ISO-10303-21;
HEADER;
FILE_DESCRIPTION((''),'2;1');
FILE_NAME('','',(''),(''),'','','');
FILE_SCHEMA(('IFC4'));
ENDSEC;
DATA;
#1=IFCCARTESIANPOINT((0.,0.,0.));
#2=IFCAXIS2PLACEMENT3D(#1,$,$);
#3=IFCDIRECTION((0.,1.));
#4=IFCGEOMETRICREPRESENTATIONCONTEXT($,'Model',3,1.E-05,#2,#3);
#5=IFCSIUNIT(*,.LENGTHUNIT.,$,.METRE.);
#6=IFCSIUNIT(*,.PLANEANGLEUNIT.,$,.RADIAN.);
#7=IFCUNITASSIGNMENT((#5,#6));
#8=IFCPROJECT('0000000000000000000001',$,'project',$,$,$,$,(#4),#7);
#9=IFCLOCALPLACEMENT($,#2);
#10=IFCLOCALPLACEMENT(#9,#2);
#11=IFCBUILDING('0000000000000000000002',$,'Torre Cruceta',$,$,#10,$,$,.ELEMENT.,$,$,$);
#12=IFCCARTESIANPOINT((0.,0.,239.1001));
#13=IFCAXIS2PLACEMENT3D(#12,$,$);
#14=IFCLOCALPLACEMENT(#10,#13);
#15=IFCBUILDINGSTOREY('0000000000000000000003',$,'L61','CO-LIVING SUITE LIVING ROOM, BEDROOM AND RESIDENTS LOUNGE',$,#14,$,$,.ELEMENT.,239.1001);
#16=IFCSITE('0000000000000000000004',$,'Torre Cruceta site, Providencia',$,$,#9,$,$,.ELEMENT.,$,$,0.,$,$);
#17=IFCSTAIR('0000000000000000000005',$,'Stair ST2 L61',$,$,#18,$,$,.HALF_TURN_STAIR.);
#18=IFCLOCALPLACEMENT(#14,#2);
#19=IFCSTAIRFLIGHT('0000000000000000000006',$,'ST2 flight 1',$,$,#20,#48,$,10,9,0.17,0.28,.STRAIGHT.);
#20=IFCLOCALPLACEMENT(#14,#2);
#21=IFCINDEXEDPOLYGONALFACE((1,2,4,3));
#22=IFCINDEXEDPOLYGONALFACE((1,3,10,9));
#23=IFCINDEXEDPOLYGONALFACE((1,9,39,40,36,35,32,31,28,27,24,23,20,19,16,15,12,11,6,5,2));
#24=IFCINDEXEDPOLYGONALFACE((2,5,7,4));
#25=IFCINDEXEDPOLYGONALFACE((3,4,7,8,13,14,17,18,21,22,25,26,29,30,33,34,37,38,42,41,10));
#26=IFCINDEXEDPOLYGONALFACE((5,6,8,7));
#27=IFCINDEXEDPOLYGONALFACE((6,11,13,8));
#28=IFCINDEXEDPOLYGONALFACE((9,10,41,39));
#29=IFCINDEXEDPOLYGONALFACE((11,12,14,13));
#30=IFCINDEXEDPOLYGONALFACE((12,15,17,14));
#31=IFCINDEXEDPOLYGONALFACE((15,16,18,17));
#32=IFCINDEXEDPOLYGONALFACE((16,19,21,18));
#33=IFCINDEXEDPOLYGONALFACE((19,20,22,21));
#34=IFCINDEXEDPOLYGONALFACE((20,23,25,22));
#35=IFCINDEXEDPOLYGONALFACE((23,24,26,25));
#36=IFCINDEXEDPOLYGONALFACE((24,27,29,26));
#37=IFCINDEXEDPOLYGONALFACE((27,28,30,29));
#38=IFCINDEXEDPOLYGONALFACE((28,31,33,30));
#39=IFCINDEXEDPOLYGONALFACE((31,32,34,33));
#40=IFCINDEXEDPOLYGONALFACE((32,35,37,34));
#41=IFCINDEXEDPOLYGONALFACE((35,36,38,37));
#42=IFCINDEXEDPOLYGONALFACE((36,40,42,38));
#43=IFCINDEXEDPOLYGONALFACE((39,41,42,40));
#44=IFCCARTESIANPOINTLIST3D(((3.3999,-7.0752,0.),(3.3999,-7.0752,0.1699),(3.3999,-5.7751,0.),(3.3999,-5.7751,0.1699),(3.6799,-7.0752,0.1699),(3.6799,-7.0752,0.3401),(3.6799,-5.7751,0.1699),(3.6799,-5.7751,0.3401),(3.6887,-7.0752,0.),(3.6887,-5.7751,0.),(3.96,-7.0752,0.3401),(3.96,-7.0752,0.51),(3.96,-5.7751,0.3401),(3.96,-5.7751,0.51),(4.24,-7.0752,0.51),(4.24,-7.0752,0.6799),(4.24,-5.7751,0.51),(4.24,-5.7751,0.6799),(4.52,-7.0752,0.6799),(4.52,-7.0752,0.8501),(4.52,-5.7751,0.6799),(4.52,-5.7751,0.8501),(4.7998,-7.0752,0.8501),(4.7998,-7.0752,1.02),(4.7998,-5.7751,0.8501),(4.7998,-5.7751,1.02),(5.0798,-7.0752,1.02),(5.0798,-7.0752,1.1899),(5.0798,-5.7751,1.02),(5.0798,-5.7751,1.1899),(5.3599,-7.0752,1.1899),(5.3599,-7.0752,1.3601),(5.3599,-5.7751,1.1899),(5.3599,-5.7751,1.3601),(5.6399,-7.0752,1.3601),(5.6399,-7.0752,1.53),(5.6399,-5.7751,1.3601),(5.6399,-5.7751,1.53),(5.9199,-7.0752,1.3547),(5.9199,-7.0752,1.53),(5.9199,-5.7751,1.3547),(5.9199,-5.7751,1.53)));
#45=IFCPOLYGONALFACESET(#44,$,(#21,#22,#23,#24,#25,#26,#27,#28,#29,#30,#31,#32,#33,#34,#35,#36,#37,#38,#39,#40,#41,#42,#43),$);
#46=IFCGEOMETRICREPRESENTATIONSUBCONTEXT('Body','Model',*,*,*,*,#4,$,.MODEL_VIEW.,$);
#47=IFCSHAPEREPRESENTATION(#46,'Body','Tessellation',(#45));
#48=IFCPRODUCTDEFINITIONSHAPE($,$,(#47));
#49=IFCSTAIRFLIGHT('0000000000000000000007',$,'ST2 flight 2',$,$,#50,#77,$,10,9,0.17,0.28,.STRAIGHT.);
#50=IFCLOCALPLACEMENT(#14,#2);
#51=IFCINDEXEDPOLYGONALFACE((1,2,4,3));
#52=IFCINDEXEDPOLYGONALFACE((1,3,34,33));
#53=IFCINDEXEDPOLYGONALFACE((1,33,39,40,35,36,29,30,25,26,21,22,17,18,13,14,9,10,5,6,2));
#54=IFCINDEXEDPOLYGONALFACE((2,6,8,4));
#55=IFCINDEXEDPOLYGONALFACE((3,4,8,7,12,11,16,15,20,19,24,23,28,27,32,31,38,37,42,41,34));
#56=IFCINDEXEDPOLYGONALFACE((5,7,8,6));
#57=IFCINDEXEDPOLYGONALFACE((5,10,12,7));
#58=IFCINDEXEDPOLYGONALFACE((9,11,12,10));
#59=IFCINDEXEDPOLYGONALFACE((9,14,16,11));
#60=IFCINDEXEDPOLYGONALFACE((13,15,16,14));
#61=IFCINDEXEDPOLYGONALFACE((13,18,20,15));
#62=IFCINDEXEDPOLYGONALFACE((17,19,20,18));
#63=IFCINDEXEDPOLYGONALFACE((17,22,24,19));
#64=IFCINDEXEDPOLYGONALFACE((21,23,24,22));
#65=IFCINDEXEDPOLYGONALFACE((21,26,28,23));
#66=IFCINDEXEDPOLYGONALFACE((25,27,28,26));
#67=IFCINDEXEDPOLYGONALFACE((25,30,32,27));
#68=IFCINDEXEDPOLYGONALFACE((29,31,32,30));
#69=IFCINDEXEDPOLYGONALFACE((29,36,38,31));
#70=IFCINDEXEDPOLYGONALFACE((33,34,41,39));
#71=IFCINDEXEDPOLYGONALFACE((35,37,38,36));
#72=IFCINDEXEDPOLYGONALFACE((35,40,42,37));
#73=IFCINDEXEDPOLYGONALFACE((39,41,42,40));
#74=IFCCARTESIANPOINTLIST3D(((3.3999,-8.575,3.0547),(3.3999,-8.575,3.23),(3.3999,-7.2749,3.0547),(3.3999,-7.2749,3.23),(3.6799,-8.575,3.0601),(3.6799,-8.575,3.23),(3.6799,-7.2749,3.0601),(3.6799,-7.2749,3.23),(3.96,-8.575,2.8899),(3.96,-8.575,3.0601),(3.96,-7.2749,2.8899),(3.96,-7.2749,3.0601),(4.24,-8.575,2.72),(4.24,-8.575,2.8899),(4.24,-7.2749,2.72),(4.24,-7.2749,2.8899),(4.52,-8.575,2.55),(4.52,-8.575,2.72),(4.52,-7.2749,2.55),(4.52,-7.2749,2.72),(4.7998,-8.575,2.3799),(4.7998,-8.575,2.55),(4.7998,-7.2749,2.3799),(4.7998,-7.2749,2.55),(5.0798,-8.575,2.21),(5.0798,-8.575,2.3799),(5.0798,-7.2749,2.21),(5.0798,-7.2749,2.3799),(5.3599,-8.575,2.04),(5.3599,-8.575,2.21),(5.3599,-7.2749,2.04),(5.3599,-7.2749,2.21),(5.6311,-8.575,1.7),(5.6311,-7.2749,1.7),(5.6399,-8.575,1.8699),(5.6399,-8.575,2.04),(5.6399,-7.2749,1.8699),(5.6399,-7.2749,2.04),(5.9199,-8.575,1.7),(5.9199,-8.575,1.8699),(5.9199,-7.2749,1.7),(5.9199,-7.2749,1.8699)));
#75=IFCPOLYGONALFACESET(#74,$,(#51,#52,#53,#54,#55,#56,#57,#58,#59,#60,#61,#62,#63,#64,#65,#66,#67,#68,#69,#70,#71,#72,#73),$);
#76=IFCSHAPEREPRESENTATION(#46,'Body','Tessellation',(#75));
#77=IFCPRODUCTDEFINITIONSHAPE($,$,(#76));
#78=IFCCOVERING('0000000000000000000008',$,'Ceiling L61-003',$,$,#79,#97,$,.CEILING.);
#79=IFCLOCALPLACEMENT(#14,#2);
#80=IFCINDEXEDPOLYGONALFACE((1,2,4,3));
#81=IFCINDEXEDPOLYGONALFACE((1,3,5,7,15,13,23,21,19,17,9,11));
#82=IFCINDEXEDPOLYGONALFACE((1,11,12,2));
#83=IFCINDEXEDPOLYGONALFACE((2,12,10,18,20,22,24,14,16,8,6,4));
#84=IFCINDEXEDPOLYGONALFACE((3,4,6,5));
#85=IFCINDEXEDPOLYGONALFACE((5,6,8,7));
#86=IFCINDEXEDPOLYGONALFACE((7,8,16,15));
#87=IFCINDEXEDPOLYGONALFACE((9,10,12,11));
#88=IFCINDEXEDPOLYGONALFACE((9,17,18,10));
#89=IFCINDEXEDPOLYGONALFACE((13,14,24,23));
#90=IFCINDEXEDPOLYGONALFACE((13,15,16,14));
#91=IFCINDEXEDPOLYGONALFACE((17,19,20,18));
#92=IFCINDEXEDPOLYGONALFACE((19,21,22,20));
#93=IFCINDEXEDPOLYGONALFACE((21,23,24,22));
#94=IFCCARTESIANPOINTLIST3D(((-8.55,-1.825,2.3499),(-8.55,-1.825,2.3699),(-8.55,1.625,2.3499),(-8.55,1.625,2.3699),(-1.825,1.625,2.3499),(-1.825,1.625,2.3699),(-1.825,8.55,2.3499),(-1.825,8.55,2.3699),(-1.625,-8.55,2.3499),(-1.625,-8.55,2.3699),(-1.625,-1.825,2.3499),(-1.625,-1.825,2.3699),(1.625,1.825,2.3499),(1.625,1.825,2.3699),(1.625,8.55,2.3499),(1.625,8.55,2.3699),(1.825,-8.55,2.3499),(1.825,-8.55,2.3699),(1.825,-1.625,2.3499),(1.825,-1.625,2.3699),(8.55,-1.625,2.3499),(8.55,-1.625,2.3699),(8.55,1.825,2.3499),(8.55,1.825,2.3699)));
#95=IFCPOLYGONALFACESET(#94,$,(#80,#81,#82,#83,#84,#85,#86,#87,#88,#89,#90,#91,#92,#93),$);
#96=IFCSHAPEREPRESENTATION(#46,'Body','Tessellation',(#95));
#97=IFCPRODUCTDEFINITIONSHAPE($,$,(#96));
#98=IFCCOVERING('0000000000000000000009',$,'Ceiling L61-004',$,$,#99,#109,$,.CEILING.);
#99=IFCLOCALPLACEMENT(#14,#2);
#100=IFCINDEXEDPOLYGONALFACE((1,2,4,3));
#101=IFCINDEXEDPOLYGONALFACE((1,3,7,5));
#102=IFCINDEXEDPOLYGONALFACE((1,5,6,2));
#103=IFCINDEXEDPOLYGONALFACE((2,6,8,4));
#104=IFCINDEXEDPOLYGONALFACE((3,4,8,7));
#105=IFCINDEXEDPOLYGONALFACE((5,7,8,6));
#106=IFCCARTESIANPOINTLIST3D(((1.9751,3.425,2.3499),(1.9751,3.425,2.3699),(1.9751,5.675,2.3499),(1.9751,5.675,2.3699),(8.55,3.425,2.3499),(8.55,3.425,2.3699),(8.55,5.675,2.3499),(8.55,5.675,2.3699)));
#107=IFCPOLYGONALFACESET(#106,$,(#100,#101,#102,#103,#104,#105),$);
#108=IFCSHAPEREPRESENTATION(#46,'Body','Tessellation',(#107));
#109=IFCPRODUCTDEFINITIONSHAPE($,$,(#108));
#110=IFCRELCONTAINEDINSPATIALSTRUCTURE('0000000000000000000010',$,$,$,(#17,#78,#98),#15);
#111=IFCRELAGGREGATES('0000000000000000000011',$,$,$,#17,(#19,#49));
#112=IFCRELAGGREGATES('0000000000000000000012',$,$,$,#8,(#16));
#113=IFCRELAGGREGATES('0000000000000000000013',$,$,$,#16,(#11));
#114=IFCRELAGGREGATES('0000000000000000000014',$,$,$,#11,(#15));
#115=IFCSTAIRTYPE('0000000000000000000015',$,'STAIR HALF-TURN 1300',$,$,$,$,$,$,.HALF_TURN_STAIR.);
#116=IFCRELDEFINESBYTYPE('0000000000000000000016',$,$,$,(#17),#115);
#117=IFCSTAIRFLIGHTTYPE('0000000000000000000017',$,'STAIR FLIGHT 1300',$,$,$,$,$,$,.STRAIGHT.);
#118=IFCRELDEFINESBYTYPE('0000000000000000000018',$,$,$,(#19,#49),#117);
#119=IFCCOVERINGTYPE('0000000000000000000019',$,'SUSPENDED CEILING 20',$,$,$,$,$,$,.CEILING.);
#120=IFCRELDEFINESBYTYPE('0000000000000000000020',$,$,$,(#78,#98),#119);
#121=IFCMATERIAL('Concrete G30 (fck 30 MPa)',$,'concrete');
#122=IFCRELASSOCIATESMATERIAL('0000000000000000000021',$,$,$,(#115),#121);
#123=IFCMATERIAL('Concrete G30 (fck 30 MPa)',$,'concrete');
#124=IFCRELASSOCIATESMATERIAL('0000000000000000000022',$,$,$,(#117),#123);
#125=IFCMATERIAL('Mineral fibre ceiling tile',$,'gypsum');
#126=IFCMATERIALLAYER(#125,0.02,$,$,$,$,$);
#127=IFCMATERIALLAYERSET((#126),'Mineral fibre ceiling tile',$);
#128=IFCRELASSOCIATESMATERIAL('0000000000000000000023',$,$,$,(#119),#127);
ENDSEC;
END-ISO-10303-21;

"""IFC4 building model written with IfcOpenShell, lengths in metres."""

from ifc_helpers import new_model, si_unit, direction, frame, origin, place, context, subcontext, project, spatial, polyline, outline, extrude, material, layer, layer_set, type_object, element, aggregate, save


model = new_model("IFC4")

# Units and contexts
model_context = context("Model", 3, precision=1e-05, world=origin(), true_north=direction((0.0, 1.0)))
body_context = subcontext(model_context, "Body", "Model", "MODEL_VIEW")
ifc_project = project(units=[si_unit("LENGTHUNIT", "METRE"), si_unit("PLANEANGLEUNIT", "RADIAN")], contexts=[model_context])

# Site, building, storey
site_placement = place(None, origin())
site = spatial("IfcSite", under=ifc_project, at=site_placement, Name="Torre Cruceta site, Providencia", CompositionType="ELEMENT", RefElevation=0.0)
building_placement = place(site_placement, origin())
building = spatial("IfcBuilding", under=site, at=building_placement, Name="Torre Cruceta", CompositionType="ELEMENT")
storey_placement = place(building_placement, frame((0.0, 0.0, 239.1001)))
storey = spatial("IfcBuildingStorey", under=building, at=storey_placement, Name="L61", Description="CO-LIVING SUITE LIVING ROOM, BEDROOM AND RESIDENTS LOUNGE", CompositionType="ELEMENT", Elevation=239.1001)

# Stair
ifc_material_1 = material(Name="Concrete G30 (fck 30 MPa)", Category="concrete")
stair_type = type_object("IfcStairType", Name="STAIR HALF-TURN 1300", PredefinedType="HALF_TURN_STAIR", material=ifc_material_1)
stair_1_placement = place(storey_placement, origin())
stair_1 = element("IfcStair", 1, at=stair_1_placement, inside=storey, type_object=stair_type, Name="Stair ST2 L61", PredefinedType="HALF_TURN_STAIR")

# Stair flights
ifc_material_2 = material(Name="Concrete G30 (fck 30 MPa)", Category="concrete")
stair_flight_type = type_object("IfcStairFlightType", Name="STAIR FLIGHT 1300", PredefinedType="STRAIGHT", material=ifc_material_2)
stair_flight_1_placement = place(storey_placement, frame((3.3999, -6.425, 0.0), z_axis=(0.0, 0.0, 1.0), x_axis=(1.0, 0.0, 0.0)))
stair_flight_1 = element("IfcStairFlight", 2, at=stair_flight_1_placement, type_object=stair_flight_type, Name="ST2 flight 1", NumberOfRisers=10, NumberOfTreads=9, PredefinedType="STRAIGHT", RiserHeight=0.17, TreadLength=0.28, context=body_context, shape_type="SweptSolid", body=[
    extrude(outline(polyline([(0.0, 0.0), (0.0, 0.1699), (0.28, 0.1699), (0.28, 0.3401), (0.5601, 0.3401), (0.5601, 0.51), (0.8401, 0.51), (0.8401, 0.6799), (1.1201, 0.6799), (1.1201, 0.8501), (1.3999, 0.8501), (1.3999, 1.02), (1.6799, 1.02), (1.6799, 1.1899), (1.96, 1.1899), (1.96, 1.3601), (2.24, 1.3601), (2.24, 1.53), (2.52, 1.53), (2.52, 1.7), (2.52, 1.3547), (0.2888, 0.0), (0.0, 0.0)])), frame((0.0, 0.6499, 0.0), z_axis=(0.0, -1.0, 0.0), x_axis=(1.0, 0.0, 0.0)), (0.0, 0.0, 1.0), 1.3),
])
stair_flight_2_placement = place(storey_placement, frame((5.9199, -7.925, 1.7), z_axis=(0.0, 0.0, 1.0), x_axis=(-1.0, 0.0, 0.0)))
stair_flight_2 = element("IfcStairFlight", 3, at=stair_flight_2_placement, type_object=stair_flight_type, Name="ST2 flight 2", NumberOfRisers=10, NumberOfTreads=9, PredefinedType="STRAIGHT", RiserHeight=0.17, TreadLength=0.28, context=body_context, shape_type="SweptSolid", body=[
    extrude(outline(polyline([(0.0, 0.0), (0.0, 0.1699), (0.28, 0.1699), (0.28, 0.3401), (0.5601, 0.3401), (0.5601, 0.51), (0.8401, 0.51), (0.8401, 0.6799), (1.1201, 0.6799), (1.1201, 0.8501), (1.3999, 0.8501), (1.3999, 1.02), (1.6799, 1.02), (1.6799, 1.1899), (1.96, 1.1899), (1.96, 1.3601), (2.24, 1.3601), (2.24, 1.53), (2.52, 1.53), (2.52, 1.7), (2.52, 1.3547), (0.2888, 0.0), (0.0, 0.0)])), frame((0.0, 0.6499, 0.0), z_axis=(0.0, -1.0, 0.0), x_axis=(1.0, 0.0, 0.0)), (0.0, 0.0, 1.0), 1.3),
])
aggregate(stair_1, [stair_flight_1, stair_flight_2])

# Coverings
ifc_material_3 = material(Name="Mineral fibre ceiling tile", Category="gypsum")
ifc_layer_1 = layer(ifc_material_3, 0.02)
ifc_layer_set_1 = layer_set([ifc_layer_1], Name="Mineral fibre ceiling tile")
covering_type = type_object("IfcCoveringType", Name="SUSPENDED CEILING 20", PredefinedType="CEILING", material=ifc_layer_set_1)
covering_1_placement = place(storey_placement, frame((0.0, 0.0, 2.3499)))
element("IfcCovering", 4, at=covering_1_placement, inside=storey, type_object=covering_type, Name="Ceiling L61-003", PredefinedType="CEILING", context=body_context, shape_type="SweptSolid", body=[
    extrude(outline(polyline([(-1.625, -8.55), (-1.625, -1.825), (-8.55, -1.825), (-8.55, 1.625), (-1.825, 1.625), (-1.825, 8.55), (1.625, 8.55), (1.625, 1.825), (8.55, 1.825), (8.55, -1.625), (1.825, -1.625), (1.825, -8.55), (-1.625, -8.55)])), origin(), (0.0, 0.0, 1.0), 0.02),
])
covering_2_placement = place(storey_placement, frame((0.0, 0.0, 2.3499)))
element("IfcCovering", 5, at=covering_2_placement, inside=storey, type_object=covering_type, Name="Ceiling L61-004", PredefinedType="CEILING", context=body_context, shape_type="SweptSolid", body=[
    extrude(outline(polyline([(1.9751, 3.425), (1.9751, 5.675), (8.55, 5.675), (8.55, 3.425), (1.9751, 3.425)])), origin(), (0.0, 0.0, 1.0), 0.02),
])

save(model, "model.ifc")
